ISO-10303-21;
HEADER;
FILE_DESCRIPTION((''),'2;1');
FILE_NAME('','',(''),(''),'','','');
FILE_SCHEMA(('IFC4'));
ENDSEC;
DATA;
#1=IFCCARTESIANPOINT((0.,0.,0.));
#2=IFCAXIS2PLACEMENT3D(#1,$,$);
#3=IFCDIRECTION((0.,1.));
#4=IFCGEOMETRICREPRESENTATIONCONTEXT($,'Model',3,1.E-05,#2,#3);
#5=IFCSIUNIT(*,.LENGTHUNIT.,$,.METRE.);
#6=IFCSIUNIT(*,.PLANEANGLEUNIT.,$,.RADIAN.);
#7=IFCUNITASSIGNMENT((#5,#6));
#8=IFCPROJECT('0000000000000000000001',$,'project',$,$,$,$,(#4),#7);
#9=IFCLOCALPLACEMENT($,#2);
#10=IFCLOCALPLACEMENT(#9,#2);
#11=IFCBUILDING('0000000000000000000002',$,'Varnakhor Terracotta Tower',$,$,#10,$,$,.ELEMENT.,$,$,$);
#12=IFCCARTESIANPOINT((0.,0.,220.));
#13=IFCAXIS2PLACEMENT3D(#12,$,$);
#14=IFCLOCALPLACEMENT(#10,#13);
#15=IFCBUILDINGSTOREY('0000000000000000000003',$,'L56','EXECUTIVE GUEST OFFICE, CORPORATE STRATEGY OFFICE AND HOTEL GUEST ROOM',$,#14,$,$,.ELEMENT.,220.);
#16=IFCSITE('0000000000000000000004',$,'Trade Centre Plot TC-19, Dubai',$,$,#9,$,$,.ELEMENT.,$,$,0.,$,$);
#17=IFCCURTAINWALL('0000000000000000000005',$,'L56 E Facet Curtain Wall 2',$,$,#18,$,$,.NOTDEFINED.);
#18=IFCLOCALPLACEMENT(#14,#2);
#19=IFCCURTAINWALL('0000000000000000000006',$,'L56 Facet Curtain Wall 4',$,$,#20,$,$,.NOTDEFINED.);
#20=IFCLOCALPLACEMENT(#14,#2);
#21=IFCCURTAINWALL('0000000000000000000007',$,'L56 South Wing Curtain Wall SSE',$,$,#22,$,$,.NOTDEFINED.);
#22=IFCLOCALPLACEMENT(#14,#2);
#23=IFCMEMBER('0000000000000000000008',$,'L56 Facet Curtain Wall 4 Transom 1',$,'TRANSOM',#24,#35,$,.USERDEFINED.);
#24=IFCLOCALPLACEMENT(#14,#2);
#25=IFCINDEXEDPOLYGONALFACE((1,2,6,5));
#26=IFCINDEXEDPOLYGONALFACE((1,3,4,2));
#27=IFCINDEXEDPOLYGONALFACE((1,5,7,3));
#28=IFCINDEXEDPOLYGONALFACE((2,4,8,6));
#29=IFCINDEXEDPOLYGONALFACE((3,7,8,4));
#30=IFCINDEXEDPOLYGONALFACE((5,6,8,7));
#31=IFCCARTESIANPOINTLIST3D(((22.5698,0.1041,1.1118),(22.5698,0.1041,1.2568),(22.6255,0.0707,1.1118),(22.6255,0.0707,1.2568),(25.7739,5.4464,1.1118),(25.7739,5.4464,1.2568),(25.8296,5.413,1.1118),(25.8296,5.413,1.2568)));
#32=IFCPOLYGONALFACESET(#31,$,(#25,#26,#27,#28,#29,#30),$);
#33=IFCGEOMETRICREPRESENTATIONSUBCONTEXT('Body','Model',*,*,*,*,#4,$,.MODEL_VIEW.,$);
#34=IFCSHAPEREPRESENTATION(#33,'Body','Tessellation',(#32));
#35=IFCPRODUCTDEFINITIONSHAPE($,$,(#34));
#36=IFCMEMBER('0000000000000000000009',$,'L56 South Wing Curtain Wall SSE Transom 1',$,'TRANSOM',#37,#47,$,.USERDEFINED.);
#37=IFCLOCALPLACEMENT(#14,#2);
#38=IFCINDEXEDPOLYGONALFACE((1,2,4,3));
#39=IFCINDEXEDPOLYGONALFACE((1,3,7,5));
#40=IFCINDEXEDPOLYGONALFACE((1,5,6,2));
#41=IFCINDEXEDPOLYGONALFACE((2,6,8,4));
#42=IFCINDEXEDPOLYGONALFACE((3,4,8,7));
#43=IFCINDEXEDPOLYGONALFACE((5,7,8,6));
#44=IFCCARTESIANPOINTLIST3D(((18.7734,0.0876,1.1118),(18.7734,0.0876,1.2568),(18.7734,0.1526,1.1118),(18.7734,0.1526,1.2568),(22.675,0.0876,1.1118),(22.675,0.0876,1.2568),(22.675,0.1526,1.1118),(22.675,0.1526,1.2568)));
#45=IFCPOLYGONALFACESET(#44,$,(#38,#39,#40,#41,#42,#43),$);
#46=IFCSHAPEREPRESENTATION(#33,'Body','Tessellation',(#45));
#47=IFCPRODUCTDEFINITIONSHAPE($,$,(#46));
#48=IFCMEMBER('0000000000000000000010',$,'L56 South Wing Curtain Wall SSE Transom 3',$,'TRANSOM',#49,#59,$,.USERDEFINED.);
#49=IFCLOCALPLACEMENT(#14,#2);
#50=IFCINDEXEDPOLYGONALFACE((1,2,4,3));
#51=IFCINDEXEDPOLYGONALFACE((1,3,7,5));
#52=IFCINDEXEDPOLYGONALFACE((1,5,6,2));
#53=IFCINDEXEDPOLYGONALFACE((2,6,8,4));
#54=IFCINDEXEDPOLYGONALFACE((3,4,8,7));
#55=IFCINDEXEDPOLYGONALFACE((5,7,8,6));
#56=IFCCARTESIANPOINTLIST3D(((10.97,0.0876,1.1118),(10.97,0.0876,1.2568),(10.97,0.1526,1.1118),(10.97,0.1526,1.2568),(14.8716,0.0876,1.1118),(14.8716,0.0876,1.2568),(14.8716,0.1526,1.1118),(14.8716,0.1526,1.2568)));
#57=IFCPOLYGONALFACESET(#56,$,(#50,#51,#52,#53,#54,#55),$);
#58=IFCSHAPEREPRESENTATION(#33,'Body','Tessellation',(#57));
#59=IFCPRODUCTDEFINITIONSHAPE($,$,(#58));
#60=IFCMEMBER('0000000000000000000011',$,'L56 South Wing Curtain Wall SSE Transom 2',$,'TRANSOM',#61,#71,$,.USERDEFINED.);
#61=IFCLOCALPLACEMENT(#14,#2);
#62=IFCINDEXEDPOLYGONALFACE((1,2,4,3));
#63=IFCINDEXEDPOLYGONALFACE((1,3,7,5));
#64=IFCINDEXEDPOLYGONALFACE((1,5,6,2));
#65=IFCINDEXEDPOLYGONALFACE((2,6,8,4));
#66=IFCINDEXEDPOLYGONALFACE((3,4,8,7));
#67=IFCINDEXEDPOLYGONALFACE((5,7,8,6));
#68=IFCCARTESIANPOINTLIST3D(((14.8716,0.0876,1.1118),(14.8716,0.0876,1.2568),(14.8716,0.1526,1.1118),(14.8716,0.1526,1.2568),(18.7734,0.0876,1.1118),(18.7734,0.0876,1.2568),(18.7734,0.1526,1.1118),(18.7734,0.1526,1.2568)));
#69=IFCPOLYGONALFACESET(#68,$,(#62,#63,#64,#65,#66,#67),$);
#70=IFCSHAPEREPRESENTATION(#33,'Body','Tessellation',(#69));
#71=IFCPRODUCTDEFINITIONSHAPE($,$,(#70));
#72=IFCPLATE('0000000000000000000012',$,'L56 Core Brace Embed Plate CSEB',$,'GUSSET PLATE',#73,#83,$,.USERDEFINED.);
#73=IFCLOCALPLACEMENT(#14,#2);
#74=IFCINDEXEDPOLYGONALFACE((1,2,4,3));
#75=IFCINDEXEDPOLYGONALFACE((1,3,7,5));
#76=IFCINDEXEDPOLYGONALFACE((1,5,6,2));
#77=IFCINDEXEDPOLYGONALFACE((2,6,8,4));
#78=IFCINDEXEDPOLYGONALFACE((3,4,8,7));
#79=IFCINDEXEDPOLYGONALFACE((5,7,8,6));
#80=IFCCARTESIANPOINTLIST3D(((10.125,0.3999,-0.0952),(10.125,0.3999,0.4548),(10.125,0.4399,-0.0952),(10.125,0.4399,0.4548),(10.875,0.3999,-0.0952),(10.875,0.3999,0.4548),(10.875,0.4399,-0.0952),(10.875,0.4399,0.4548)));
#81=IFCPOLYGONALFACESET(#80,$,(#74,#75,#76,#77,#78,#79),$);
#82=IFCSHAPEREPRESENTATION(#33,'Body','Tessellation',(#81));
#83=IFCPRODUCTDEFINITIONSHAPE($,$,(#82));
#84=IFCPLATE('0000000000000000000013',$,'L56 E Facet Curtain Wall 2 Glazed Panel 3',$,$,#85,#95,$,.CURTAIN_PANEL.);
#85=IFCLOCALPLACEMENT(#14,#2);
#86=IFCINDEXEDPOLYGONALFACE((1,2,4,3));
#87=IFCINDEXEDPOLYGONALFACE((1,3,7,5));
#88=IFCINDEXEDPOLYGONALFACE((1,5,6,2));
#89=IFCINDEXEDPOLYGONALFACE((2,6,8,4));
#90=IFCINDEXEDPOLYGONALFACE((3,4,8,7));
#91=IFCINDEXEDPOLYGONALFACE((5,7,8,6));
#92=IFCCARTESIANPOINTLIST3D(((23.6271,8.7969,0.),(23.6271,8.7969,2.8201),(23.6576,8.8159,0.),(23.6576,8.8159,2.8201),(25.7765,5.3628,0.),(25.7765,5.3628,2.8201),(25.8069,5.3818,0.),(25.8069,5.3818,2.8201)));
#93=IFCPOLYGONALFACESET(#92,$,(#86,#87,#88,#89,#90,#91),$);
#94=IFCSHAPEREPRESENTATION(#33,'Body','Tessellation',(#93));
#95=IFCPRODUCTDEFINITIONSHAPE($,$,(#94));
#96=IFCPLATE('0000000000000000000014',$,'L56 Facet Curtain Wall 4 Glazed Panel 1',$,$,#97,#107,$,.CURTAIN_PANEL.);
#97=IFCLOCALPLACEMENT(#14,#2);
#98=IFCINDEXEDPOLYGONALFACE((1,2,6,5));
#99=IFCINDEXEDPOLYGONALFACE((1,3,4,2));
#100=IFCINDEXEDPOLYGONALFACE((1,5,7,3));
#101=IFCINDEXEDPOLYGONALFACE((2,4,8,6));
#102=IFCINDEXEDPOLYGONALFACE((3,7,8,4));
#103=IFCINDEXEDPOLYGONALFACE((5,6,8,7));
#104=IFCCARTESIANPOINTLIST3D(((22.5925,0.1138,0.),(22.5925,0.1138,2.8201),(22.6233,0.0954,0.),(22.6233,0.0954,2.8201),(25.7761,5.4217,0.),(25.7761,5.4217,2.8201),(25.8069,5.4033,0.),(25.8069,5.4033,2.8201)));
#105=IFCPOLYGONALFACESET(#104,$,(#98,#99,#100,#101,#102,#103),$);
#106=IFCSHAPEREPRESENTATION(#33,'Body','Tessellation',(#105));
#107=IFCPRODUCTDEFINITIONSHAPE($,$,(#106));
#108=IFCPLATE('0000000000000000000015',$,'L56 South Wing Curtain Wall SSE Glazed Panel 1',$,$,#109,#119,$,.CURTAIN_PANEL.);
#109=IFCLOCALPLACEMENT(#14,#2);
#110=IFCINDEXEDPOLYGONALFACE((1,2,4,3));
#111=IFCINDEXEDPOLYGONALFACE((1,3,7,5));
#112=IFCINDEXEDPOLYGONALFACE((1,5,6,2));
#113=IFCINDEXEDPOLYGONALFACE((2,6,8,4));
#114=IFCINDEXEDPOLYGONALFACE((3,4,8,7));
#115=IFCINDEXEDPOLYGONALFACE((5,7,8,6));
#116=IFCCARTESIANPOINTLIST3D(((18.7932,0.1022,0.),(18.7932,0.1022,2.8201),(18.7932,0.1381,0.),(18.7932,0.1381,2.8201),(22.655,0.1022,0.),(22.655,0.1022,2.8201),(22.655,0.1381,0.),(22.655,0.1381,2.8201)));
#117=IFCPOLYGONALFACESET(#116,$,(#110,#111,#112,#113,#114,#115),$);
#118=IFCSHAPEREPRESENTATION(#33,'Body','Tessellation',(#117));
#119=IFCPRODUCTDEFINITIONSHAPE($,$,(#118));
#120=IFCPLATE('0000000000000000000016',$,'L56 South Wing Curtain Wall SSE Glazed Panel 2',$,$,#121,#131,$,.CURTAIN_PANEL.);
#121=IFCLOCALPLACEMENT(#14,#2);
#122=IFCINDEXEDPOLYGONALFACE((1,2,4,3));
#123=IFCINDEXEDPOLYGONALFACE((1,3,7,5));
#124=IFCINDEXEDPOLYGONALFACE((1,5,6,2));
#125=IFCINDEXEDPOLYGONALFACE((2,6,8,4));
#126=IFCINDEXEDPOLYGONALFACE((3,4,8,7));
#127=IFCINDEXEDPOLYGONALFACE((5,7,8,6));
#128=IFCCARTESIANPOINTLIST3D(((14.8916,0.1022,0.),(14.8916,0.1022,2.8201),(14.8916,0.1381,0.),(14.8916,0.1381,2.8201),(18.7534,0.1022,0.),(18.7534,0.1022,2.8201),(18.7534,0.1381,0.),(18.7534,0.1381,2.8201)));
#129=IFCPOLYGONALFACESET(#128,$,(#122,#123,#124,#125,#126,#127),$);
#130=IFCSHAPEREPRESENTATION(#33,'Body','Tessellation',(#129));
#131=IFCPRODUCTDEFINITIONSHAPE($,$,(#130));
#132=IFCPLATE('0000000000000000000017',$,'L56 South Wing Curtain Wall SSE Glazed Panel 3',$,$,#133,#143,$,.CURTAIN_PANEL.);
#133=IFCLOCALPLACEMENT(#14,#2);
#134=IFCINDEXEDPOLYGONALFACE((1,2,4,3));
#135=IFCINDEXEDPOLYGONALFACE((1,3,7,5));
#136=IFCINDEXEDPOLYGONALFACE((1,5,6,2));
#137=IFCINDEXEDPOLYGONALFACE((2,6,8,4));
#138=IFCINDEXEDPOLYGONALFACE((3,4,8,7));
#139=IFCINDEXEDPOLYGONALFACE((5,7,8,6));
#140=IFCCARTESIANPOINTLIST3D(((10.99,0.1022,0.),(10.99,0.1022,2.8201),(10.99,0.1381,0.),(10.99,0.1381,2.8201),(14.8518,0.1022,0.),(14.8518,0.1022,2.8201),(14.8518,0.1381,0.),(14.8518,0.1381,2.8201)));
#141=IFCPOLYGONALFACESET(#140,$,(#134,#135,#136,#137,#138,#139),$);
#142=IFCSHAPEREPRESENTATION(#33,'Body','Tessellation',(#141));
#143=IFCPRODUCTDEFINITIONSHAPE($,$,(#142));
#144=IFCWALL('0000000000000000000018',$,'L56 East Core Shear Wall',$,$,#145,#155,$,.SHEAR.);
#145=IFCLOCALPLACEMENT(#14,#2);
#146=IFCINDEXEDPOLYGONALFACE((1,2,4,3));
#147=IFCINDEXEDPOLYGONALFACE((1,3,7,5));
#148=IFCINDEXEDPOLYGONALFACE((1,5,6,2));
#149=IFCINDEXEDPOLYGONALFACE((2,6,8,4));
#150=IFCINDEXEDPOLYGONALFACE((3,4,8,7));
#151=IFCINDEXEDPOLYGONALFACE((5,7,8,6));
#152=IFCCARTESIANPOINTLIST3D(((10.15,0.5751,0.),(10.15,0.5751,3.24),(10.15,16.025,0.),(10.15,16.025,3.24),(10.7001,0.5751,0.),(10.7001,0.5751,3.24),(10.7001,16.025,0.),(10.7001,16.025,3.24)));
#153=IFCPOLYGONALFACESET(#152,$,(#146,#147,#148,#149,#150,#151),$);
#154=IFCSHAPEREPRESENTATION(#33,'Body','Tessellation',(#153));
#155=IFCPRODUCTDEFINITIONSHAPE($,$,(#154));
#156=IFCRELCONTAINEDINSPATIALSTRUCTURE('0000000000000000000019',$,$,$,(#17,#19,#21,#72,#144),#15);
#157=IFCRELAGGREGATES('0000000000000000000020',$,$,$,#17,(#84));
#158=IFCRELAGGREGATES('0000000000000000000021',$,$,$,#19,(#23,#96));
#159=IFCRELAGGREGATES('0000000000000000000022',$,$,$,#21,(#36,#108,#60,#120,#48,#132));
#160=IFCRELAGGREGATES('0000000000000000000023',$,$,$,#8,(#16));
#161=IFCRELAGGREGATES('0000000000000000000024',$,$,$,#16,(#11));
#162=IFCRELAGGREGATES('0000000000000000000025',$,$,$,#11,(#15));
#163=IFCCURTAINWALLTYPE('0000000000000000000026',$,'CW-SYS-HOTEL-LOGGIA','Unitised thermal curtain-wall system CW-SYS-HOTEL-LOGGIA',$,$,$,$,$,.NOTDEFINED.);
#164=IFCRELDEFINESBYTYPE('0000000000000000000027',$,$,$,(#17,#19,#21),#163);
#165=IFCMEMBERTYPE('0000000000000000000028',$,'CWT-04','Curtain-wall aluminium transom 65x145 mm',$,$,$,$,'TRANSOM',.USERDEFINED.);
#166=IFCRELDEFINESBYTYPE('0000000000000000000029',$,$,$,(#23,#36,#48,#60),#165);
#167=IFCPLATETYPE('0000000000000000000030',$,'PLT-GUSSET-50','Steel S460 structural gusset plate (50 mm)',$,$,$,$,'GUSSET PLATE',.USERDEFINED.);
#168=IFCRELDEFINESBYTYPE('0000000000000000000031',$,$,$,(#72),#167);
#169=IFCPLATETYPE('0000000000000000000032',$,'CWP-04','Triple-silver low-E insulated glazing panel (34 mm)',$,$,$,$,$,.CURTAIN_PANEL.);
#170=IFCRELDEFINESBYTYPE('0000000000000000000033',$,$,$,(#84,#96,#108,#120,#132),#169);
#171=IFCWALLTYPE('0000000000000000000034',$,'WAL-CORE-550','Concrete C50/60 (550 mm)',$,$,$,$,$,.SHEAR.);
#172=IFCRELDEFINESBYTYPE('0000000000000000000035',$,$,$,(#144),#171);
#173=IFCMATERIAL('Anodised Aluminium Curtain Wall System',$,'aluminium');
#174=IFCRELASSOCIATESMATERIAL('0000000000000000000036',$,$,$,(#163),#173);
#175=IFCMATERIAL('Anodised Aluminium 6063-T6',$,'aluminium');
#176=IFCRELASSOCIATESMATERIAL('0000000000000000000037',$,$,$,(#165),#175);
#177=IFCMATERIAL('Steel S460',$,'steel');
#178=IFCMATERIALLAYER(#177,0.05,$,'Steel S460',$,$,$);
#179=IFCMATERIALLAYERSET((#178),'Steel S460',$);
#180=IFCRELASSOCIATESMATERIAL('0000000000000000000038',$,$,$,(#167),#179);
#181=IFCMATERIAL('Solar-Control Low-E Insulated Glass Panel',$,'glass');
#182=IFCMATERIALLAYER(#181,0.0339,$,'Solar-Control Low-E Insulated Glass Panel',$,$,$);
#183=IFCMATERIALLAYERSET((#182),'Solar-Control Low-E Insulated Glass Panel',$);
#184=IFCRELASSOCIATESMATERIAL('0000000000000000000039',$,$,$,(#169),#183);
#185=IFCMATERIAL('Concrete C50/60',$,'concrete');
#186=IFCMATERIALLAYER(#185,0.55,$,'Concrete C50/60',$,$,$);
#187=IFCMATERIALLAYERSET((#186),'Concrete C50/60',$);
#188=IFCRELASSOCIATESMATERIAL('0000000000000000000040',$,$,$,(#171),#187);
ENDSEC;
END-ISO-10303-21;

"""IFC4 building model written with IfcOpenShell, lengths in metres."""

from ifc_helpers import new_model, si_unit, direction, frame, frame_2d, origin, origin_2d, place, context, subcontext, project, spatial, rectangle, extrude, source, transform, mapped, material, layer, layer_set, material_profile, profile_set, type_object, type_shapes, element, aggregate, save


model = new_model("IFC4")

# Units and contexts
model_context = context("Model", 3, precision=1e-05, world=origin(), true_north=direction((0.0, 1.0)))
body_context = subcontext(model_context, "Body", "Model", "MODEL_VIEW")
ifc_project = project(units=[si_unit("LENGTHUNIT", "METRE"), si_unit("PLANEANGLEUNIT", "RADIAN")], contexts=[model_context])

# Site, building, storey
site_placement = place(None, origin())
site = spatial("IfcSite", under=ifc_project, at=site_placement, Name="Trade Centre Plot TC-19, Dubai", CompositionType="ELEMENT", RefElevation=0.0)
building_placement = place(site_placement, origin())
building = spatial("IfcBuilding", under=site, at=building_placement, Name="Varnakhor Terracotta Tower", CompositionType="ELEMENT")
storey_placement = place(building_placement, frame((0.0, 0.0, 220.0)))
storey = spatial("IfcBuildingStorey", under=building, at=storey_placement, Name="L56", Description="EXECUTIVE GUEST OFFICE, CORPORATE STRATEGY OFFICE AND HOTEL GUEST ROOM", CompositionType="ELEMENT", Elevation=220.0)

# Shared definitions
ifc_material_1 = material(Name="Concrete C50/60", Category="concrete")
ifc_material_2 = material(Name="Steel S460", Category="steel")

# Curtain walls
ifc_material_3 = material(Name="Anodised Aluminium Curtain Wall System", Category="aluminium")
curtain_wall_type = type_object("IfcCurtainWallType", Name="CW-SYS-HOTEL-LOGGIA", Description="Unitised thermal curtain-wall system CW-SYS-HOTEL-LOGGIA", PredefinedType="NOTDEFINED", material=ifc_material_3)
curtain_wall_1_placement = place(storey_placement, origin())
curtain_wall_1 = element("IfcCurtainWall", 1, at=curtain_wall_1_placement, inside=storey, type_object=curtain_wall_type, Name="L56 E Facet Curtain Wall 2", PredefinedType="NOTDEFINED")
ifc_material_4 = material(Name="Anodised Aluminium 6063-T6", Category="aluminium")
curtain_wall_2_placement = place(storey_placement, origin())
curtain_wall_2 = element("IfcCurtainWall", 2, at=curtain_wall_2_placement, inside=storey, type_object=curtain_wall_type, Name="L56 Facet Curtain Wall 4", PredefinedType="NOTDEFINED")

# Curtain wall
curtain_wall_3_placement = place(storey_placement, origin())
curtain_wall_3 = element("IfcCurtainWall", 3, at=curtain_wall_3_placement, inside=storey, type_object=curtain_wall_type, Name="L56 South Wing Curtain Wall SSE", PredefinedType="NOTDEFINED")

# Members
ifc_material_profile_1 = material_profile(ifc_material_4, rectangle(XDim=0.0649, YDim=0.145, at=origin_2d()), Name="ALU TRANSOM 65x145")
ifc_profile_set_1 = profile_set([ifc_material_profile_1], Name="Anodised Aluminium 6063-T6")
member_type_1 = type_object("IfcMemberType", Name="CWT-04", Description="Curtain-wall aluminium transom 65x145 mm", ElementType="TRANSOM", PredefinedType="USERDEFINED", material=ifc_profile_set_1)
shared_shape_1 = source(origin(), body_context, "Body", "SweptSolid", [
    extrude(rectangle(XDim=0.0649, YDim=0.145, at=origin_2d()), origin(), (0.0, 0.0, 1.0), 6.2295),
])
member_1_placement = place(storey_placement, frame((25.8018, 5.4297, 1.1843), z_axis=(-0.514346, -0.857583, 0.0), x_axis=(0.857583, -0.514346, 0.0)))
member_1 = element("IfcMember", 4, at=member_1_placement, type_object=member_type_1, Name="L56 Facet Curtain Wall 4 Transom 1", ObjectType="TRANSOM", PredefinedType="USERDEFINED", context=body_context, shape_type="MappedRepresentation", body=[
    mapped(shared_shape_1, transform((0.0, 0.0, 0.0), scale=1.0)),
])
shared_shape_2 = source(origin(), body_context, "Body", "SweptSolid", [
    extrude(rectangle(XDim=0.0649, YDim=0.145, at=origin_2d()), origin(), (0.0, 0.0, 1.0), 3.9016),
])
member_2_placement = place(storey_placement, frame((22.675, 0.1201, 1.1843), z_axis=(-1.0, 0.0, 0.0), x_axis=(0.0, -1.0, 0.0)))
member_2 = element("IfcMember", 5, at=member_2_placement, type_object=member_type_1, Name="L56 South Wing Curtain Wall SSE Transom 1", ObjectType="TRANSOM", PredefinedType="USERDEFINED", context=body_context, shape_type="MappedRepresentation", body=[
    mapped(shared_shape_2, transform((0.0, 0.0, 0.0), scale=1.0)),
])
member_3_placement = place(storey_placement, frame((14.8716, 0.1201, 1.1843), z_axis=(-1.0, 0.0, 0.0), x_axis=(0.0, -1.0, 0.0)))
member_3 = element("IfcMember", 6, at=member_3_placement, type_object=member_type_1, Name="L56 South Wing Curtain Wall SSE Transom 3", ObjectType="TRANSOM", PredefinedType="USERDEFINED", context=body_context, shape_type="MappedRepresentation", body=[
    mapped(shared_shape_2, transform((0.0, 0.0, 0.0), scale=1.0)),
])
shared_shape_3 = source(origin(), body_context, "Body", "SweptSolid", [
    extrude(rectangle(XDim=0.0649, YDim=0.145, at=origin_2d()), origin(), (0.0, 0.0, 1.0), 3.9019),
])
member_4_placement = place(storey_placement, frame((18.7734, 0.1201, 1.1843), z_axis=(-1.0, 0.0, 0.0), x_axis=(0.0, -1.0, 0.0)))
member_4 = element("IfcMember", 7, at=member_4_placement, type_object=member_type_1, Name="L56 South Wing Curtain Wall SSE Transom 2", ObjectType="TRANSOM", PredefinedType="USERDEFINED", context=body_context, shape_type="MappedRepresentation", body=[
    mapped(shared_shape_3, transform((0.0, 0.0, 0.0), scale=1.0)),
])

# Plates
ifc_layer_1 = layer(ifc_material_2, 0.05, Name="Steel S460")
ifc_layer_set_1 = layer_set([ifc_layer_1], Name="Steel S460")
plate_type_1 = type_object("IfcPlateType", Name="PLT-GUSSET-50", Description="Steel S460 structural gusset plate (50 mm)", ElementType="GUSSET PLATE", PredefinedType="USERDEFINED", material=ifc_layer_set_1)
shared_shape_4 = source(origin(), body_context, "Body", "SweptSolid", [
    extrude(rectangle(XDim=0.75, YDim=0.04, at=origin_2d()), origin(), (0.0, 0.0, 1.0), 0.55),
])
type_shapes(plate_type_1, [shared_shape_4])
plate_1_placement = place(storey_placement, frame((10.5, 0.4199, -0.0952), z_axis=(0.0, 0.0, 1.0), x_axis=(1.0, 0.0, 0.0)))
element("IfcPlate", 8, at=plate_1_placement, inside=storey, type_object=plate_type_1, Name="L56 Core Brace Embed Plate CSEB", ObjectType="GUSSET PLATE", PredefinedType="USERDEFINED", context=body_context, shape_type="MappedRepresentation", body=[
    mapped(shared_shape_4, transform((0.0, 0.0, 0.0), scale=1.0)),
])
ifc_material_5 = material(Name="Solar-Control Low-E Insulated Glass Panel", Category="glass")
ifc_layer_2 = layer(ifc_material_5, 0.0339, Name="Solar-Control Low-E Insulated Glass Panel")
ifc_layer_set_2 = layer_set([ifc_layer_2], Name="Solar-Control Low-E Insulated Glass Panel")
plate_type_2 = type_object("IfcPlateType", Name="CWP-04", Description="Triple-silver low-E insulated glazing panel (34 mm)", PredefinedType="CURTAIN_PANEL", material=ifc_layer_set_2)
shared_shape_5 = source(origin(), body_context, "Body", "SweptSolid", [
    extrude(rectangle(XDim=4.0513, YDim=0.0359, at=origin_2d()), origin(), (0.0, 0.0, 1.0), 2.8201),
])
plate_2_placement = place(storey_placement, frame((24.717, 7.0894, 0.0), z_axis=(0.0, 0.0, 1.0), x_axis=(0.530541, -0.847659, 0.0)))
plate_2 = element("IfcPlate", 9, at=plate_2_placement, type_object=plate_type_2, Name="L56 E Facet Curtain Wall 2 Glazed Panel 3", PredefinedType="CURTAIN_PANEL", context=body_context, shape_type="MappedRepresentation", body=[
    mapped(shared_shape_5, transform((0.0, 0.0, 0.0), scale=1.0)),
])
aggregate(curtain_wall_1, [plate_2])
shared_shape_6 = source(origin(), body_context, "Body", "SweptSolid", [
    extrude(rectangle(XDim=6.1895, YDim=0.0359, at=origin_2d()), origin(), (0.0, 0.0, 1.0), 2.8201),
])
plate_3_placement = place(storey_placement, frame((24.1997, 2.7585, 0.0), z_axis=(0.0, 0.0, 1.0), x_axis=(-0.514365, -0.857572, 0.0)))
plate_3 = element("IfcPlate", 10, at=plate_3_placement, type_object=plate_type_2, Name="L56 Facet Curtain Wall 4 Glazed Panel 1", PredefinedType="CURTAIN_PANEL", context=body_context, shape_type="MappedRepresentation", body=[
    mapped(shared_shape_6, transform((0.0, 0.0, 0.0), scale=1.0)),
])
aggregate(curtain_wall_2, [member_1, plate_3])
shared_shape_7 = source(origin(), body_context, "Body", "SweptSolid", [
    extrude(rectangle(XDim=3.8618, YDim=0.0359, at=origin_2d()), origin(), (0.0, 0.0, 1.0), 2.8201),
])
plate_4_placement = place(storey_placement, frame((20.7241, 0.1201, 0.0), z_axis=(0.0, 0.0, 1.0), x_axis=(-1.0, 0.0, 0.0)))
plate_4 = element("IfcPlate", 11, at=plate_4_placement, type_object=plate_type_2, Name="L56 South Wing Curtain Wall SSE Glazed Panel 1", PredefinedType="CURTAIN_PANEL", context=body_context, shape_type="MappedRepresentation", body=[
    mapped(shared_shape_7, transform((0.0, 0.0, 0.0), scale=1.0)),
])
plate_5_placement = place(storey_placement, frame((16.8225, 0.1201, 0.0), z_axis=(0.0, 0.0, 1.0), x_axis=(-1.0, 0.0, 0.0)))
plate_5 = element("IfcPlate", 12, at=plate_5_placement, type_object=plate_type_2, Name="L56 South Wing Curtain Wall SSE Glazed Panel 2", PredefinedType="CURTAIN_PANEL", context=body_context, shape_type="MappedRepresentation", body=[
    mapped(shared_shape_7, transform((0.0, 0.0, 0.0), scale=1.0)),
])
plate_6_placement = place(storey_placement, frame((12.9209, 0.1201, 0.0), z_axis=(0.0, 0.0, 1.0), x_axis=(-1.0, 0.0, 0.0)))
plate_6 = element("IfcPlate", 13, at=plate_6_placement, type_object=plate_type_2, Name="L56 South Wing Curtain Wall SSE Glazed Panel 3", PredefinedType="CURTAIN_PANEL", context=body_context, shape_type="MappedRepresentation", body=[
    mapped(shared_shape_7, transform((0.0, 0.0, 0.0), scale=1.0)),
])
aggregate(curtain_wall_3, [member_2, plate_4, member_4, plate_5, member_3, plate_6])

# Wall
ifc_layer_3 = layer(ifc_material_1, 0.55, Name="Concrete C50/60")
ifc_layer_set_3 = layer_set([ifc_layer_3], Name="Concrete C50/60")
wall_type_1 = type_object("IfcWallType", Name="WAL-CORE-550", Description="Concrete C50/60 (550 mm)", PredefinedType="SHEAR", material=ifc_layer_set_3)
wall_1_placement = place(storey_placement, frame((10.425, 0.575, 0.0), z_axis=(0.0, 0.0, 1.0), x_axis=(0.0, 1.0, 0.0)))
element("IfcWall", 14, at=wall_1_placement, inside=storey, type_object=wall_type_1, Name="L56 East Core Shear Wall", PredefinedType="SHEAR", context=body_context, shape_type="SweptSolid", body=[
    extrude(rectangle(XDim=15.45, YDim=0.55, at=frame_2d((7.7251, 0.0))), origin(), (0.0, 0.0, 1.0), 3.24),
])

save(model, "model.ifc")
